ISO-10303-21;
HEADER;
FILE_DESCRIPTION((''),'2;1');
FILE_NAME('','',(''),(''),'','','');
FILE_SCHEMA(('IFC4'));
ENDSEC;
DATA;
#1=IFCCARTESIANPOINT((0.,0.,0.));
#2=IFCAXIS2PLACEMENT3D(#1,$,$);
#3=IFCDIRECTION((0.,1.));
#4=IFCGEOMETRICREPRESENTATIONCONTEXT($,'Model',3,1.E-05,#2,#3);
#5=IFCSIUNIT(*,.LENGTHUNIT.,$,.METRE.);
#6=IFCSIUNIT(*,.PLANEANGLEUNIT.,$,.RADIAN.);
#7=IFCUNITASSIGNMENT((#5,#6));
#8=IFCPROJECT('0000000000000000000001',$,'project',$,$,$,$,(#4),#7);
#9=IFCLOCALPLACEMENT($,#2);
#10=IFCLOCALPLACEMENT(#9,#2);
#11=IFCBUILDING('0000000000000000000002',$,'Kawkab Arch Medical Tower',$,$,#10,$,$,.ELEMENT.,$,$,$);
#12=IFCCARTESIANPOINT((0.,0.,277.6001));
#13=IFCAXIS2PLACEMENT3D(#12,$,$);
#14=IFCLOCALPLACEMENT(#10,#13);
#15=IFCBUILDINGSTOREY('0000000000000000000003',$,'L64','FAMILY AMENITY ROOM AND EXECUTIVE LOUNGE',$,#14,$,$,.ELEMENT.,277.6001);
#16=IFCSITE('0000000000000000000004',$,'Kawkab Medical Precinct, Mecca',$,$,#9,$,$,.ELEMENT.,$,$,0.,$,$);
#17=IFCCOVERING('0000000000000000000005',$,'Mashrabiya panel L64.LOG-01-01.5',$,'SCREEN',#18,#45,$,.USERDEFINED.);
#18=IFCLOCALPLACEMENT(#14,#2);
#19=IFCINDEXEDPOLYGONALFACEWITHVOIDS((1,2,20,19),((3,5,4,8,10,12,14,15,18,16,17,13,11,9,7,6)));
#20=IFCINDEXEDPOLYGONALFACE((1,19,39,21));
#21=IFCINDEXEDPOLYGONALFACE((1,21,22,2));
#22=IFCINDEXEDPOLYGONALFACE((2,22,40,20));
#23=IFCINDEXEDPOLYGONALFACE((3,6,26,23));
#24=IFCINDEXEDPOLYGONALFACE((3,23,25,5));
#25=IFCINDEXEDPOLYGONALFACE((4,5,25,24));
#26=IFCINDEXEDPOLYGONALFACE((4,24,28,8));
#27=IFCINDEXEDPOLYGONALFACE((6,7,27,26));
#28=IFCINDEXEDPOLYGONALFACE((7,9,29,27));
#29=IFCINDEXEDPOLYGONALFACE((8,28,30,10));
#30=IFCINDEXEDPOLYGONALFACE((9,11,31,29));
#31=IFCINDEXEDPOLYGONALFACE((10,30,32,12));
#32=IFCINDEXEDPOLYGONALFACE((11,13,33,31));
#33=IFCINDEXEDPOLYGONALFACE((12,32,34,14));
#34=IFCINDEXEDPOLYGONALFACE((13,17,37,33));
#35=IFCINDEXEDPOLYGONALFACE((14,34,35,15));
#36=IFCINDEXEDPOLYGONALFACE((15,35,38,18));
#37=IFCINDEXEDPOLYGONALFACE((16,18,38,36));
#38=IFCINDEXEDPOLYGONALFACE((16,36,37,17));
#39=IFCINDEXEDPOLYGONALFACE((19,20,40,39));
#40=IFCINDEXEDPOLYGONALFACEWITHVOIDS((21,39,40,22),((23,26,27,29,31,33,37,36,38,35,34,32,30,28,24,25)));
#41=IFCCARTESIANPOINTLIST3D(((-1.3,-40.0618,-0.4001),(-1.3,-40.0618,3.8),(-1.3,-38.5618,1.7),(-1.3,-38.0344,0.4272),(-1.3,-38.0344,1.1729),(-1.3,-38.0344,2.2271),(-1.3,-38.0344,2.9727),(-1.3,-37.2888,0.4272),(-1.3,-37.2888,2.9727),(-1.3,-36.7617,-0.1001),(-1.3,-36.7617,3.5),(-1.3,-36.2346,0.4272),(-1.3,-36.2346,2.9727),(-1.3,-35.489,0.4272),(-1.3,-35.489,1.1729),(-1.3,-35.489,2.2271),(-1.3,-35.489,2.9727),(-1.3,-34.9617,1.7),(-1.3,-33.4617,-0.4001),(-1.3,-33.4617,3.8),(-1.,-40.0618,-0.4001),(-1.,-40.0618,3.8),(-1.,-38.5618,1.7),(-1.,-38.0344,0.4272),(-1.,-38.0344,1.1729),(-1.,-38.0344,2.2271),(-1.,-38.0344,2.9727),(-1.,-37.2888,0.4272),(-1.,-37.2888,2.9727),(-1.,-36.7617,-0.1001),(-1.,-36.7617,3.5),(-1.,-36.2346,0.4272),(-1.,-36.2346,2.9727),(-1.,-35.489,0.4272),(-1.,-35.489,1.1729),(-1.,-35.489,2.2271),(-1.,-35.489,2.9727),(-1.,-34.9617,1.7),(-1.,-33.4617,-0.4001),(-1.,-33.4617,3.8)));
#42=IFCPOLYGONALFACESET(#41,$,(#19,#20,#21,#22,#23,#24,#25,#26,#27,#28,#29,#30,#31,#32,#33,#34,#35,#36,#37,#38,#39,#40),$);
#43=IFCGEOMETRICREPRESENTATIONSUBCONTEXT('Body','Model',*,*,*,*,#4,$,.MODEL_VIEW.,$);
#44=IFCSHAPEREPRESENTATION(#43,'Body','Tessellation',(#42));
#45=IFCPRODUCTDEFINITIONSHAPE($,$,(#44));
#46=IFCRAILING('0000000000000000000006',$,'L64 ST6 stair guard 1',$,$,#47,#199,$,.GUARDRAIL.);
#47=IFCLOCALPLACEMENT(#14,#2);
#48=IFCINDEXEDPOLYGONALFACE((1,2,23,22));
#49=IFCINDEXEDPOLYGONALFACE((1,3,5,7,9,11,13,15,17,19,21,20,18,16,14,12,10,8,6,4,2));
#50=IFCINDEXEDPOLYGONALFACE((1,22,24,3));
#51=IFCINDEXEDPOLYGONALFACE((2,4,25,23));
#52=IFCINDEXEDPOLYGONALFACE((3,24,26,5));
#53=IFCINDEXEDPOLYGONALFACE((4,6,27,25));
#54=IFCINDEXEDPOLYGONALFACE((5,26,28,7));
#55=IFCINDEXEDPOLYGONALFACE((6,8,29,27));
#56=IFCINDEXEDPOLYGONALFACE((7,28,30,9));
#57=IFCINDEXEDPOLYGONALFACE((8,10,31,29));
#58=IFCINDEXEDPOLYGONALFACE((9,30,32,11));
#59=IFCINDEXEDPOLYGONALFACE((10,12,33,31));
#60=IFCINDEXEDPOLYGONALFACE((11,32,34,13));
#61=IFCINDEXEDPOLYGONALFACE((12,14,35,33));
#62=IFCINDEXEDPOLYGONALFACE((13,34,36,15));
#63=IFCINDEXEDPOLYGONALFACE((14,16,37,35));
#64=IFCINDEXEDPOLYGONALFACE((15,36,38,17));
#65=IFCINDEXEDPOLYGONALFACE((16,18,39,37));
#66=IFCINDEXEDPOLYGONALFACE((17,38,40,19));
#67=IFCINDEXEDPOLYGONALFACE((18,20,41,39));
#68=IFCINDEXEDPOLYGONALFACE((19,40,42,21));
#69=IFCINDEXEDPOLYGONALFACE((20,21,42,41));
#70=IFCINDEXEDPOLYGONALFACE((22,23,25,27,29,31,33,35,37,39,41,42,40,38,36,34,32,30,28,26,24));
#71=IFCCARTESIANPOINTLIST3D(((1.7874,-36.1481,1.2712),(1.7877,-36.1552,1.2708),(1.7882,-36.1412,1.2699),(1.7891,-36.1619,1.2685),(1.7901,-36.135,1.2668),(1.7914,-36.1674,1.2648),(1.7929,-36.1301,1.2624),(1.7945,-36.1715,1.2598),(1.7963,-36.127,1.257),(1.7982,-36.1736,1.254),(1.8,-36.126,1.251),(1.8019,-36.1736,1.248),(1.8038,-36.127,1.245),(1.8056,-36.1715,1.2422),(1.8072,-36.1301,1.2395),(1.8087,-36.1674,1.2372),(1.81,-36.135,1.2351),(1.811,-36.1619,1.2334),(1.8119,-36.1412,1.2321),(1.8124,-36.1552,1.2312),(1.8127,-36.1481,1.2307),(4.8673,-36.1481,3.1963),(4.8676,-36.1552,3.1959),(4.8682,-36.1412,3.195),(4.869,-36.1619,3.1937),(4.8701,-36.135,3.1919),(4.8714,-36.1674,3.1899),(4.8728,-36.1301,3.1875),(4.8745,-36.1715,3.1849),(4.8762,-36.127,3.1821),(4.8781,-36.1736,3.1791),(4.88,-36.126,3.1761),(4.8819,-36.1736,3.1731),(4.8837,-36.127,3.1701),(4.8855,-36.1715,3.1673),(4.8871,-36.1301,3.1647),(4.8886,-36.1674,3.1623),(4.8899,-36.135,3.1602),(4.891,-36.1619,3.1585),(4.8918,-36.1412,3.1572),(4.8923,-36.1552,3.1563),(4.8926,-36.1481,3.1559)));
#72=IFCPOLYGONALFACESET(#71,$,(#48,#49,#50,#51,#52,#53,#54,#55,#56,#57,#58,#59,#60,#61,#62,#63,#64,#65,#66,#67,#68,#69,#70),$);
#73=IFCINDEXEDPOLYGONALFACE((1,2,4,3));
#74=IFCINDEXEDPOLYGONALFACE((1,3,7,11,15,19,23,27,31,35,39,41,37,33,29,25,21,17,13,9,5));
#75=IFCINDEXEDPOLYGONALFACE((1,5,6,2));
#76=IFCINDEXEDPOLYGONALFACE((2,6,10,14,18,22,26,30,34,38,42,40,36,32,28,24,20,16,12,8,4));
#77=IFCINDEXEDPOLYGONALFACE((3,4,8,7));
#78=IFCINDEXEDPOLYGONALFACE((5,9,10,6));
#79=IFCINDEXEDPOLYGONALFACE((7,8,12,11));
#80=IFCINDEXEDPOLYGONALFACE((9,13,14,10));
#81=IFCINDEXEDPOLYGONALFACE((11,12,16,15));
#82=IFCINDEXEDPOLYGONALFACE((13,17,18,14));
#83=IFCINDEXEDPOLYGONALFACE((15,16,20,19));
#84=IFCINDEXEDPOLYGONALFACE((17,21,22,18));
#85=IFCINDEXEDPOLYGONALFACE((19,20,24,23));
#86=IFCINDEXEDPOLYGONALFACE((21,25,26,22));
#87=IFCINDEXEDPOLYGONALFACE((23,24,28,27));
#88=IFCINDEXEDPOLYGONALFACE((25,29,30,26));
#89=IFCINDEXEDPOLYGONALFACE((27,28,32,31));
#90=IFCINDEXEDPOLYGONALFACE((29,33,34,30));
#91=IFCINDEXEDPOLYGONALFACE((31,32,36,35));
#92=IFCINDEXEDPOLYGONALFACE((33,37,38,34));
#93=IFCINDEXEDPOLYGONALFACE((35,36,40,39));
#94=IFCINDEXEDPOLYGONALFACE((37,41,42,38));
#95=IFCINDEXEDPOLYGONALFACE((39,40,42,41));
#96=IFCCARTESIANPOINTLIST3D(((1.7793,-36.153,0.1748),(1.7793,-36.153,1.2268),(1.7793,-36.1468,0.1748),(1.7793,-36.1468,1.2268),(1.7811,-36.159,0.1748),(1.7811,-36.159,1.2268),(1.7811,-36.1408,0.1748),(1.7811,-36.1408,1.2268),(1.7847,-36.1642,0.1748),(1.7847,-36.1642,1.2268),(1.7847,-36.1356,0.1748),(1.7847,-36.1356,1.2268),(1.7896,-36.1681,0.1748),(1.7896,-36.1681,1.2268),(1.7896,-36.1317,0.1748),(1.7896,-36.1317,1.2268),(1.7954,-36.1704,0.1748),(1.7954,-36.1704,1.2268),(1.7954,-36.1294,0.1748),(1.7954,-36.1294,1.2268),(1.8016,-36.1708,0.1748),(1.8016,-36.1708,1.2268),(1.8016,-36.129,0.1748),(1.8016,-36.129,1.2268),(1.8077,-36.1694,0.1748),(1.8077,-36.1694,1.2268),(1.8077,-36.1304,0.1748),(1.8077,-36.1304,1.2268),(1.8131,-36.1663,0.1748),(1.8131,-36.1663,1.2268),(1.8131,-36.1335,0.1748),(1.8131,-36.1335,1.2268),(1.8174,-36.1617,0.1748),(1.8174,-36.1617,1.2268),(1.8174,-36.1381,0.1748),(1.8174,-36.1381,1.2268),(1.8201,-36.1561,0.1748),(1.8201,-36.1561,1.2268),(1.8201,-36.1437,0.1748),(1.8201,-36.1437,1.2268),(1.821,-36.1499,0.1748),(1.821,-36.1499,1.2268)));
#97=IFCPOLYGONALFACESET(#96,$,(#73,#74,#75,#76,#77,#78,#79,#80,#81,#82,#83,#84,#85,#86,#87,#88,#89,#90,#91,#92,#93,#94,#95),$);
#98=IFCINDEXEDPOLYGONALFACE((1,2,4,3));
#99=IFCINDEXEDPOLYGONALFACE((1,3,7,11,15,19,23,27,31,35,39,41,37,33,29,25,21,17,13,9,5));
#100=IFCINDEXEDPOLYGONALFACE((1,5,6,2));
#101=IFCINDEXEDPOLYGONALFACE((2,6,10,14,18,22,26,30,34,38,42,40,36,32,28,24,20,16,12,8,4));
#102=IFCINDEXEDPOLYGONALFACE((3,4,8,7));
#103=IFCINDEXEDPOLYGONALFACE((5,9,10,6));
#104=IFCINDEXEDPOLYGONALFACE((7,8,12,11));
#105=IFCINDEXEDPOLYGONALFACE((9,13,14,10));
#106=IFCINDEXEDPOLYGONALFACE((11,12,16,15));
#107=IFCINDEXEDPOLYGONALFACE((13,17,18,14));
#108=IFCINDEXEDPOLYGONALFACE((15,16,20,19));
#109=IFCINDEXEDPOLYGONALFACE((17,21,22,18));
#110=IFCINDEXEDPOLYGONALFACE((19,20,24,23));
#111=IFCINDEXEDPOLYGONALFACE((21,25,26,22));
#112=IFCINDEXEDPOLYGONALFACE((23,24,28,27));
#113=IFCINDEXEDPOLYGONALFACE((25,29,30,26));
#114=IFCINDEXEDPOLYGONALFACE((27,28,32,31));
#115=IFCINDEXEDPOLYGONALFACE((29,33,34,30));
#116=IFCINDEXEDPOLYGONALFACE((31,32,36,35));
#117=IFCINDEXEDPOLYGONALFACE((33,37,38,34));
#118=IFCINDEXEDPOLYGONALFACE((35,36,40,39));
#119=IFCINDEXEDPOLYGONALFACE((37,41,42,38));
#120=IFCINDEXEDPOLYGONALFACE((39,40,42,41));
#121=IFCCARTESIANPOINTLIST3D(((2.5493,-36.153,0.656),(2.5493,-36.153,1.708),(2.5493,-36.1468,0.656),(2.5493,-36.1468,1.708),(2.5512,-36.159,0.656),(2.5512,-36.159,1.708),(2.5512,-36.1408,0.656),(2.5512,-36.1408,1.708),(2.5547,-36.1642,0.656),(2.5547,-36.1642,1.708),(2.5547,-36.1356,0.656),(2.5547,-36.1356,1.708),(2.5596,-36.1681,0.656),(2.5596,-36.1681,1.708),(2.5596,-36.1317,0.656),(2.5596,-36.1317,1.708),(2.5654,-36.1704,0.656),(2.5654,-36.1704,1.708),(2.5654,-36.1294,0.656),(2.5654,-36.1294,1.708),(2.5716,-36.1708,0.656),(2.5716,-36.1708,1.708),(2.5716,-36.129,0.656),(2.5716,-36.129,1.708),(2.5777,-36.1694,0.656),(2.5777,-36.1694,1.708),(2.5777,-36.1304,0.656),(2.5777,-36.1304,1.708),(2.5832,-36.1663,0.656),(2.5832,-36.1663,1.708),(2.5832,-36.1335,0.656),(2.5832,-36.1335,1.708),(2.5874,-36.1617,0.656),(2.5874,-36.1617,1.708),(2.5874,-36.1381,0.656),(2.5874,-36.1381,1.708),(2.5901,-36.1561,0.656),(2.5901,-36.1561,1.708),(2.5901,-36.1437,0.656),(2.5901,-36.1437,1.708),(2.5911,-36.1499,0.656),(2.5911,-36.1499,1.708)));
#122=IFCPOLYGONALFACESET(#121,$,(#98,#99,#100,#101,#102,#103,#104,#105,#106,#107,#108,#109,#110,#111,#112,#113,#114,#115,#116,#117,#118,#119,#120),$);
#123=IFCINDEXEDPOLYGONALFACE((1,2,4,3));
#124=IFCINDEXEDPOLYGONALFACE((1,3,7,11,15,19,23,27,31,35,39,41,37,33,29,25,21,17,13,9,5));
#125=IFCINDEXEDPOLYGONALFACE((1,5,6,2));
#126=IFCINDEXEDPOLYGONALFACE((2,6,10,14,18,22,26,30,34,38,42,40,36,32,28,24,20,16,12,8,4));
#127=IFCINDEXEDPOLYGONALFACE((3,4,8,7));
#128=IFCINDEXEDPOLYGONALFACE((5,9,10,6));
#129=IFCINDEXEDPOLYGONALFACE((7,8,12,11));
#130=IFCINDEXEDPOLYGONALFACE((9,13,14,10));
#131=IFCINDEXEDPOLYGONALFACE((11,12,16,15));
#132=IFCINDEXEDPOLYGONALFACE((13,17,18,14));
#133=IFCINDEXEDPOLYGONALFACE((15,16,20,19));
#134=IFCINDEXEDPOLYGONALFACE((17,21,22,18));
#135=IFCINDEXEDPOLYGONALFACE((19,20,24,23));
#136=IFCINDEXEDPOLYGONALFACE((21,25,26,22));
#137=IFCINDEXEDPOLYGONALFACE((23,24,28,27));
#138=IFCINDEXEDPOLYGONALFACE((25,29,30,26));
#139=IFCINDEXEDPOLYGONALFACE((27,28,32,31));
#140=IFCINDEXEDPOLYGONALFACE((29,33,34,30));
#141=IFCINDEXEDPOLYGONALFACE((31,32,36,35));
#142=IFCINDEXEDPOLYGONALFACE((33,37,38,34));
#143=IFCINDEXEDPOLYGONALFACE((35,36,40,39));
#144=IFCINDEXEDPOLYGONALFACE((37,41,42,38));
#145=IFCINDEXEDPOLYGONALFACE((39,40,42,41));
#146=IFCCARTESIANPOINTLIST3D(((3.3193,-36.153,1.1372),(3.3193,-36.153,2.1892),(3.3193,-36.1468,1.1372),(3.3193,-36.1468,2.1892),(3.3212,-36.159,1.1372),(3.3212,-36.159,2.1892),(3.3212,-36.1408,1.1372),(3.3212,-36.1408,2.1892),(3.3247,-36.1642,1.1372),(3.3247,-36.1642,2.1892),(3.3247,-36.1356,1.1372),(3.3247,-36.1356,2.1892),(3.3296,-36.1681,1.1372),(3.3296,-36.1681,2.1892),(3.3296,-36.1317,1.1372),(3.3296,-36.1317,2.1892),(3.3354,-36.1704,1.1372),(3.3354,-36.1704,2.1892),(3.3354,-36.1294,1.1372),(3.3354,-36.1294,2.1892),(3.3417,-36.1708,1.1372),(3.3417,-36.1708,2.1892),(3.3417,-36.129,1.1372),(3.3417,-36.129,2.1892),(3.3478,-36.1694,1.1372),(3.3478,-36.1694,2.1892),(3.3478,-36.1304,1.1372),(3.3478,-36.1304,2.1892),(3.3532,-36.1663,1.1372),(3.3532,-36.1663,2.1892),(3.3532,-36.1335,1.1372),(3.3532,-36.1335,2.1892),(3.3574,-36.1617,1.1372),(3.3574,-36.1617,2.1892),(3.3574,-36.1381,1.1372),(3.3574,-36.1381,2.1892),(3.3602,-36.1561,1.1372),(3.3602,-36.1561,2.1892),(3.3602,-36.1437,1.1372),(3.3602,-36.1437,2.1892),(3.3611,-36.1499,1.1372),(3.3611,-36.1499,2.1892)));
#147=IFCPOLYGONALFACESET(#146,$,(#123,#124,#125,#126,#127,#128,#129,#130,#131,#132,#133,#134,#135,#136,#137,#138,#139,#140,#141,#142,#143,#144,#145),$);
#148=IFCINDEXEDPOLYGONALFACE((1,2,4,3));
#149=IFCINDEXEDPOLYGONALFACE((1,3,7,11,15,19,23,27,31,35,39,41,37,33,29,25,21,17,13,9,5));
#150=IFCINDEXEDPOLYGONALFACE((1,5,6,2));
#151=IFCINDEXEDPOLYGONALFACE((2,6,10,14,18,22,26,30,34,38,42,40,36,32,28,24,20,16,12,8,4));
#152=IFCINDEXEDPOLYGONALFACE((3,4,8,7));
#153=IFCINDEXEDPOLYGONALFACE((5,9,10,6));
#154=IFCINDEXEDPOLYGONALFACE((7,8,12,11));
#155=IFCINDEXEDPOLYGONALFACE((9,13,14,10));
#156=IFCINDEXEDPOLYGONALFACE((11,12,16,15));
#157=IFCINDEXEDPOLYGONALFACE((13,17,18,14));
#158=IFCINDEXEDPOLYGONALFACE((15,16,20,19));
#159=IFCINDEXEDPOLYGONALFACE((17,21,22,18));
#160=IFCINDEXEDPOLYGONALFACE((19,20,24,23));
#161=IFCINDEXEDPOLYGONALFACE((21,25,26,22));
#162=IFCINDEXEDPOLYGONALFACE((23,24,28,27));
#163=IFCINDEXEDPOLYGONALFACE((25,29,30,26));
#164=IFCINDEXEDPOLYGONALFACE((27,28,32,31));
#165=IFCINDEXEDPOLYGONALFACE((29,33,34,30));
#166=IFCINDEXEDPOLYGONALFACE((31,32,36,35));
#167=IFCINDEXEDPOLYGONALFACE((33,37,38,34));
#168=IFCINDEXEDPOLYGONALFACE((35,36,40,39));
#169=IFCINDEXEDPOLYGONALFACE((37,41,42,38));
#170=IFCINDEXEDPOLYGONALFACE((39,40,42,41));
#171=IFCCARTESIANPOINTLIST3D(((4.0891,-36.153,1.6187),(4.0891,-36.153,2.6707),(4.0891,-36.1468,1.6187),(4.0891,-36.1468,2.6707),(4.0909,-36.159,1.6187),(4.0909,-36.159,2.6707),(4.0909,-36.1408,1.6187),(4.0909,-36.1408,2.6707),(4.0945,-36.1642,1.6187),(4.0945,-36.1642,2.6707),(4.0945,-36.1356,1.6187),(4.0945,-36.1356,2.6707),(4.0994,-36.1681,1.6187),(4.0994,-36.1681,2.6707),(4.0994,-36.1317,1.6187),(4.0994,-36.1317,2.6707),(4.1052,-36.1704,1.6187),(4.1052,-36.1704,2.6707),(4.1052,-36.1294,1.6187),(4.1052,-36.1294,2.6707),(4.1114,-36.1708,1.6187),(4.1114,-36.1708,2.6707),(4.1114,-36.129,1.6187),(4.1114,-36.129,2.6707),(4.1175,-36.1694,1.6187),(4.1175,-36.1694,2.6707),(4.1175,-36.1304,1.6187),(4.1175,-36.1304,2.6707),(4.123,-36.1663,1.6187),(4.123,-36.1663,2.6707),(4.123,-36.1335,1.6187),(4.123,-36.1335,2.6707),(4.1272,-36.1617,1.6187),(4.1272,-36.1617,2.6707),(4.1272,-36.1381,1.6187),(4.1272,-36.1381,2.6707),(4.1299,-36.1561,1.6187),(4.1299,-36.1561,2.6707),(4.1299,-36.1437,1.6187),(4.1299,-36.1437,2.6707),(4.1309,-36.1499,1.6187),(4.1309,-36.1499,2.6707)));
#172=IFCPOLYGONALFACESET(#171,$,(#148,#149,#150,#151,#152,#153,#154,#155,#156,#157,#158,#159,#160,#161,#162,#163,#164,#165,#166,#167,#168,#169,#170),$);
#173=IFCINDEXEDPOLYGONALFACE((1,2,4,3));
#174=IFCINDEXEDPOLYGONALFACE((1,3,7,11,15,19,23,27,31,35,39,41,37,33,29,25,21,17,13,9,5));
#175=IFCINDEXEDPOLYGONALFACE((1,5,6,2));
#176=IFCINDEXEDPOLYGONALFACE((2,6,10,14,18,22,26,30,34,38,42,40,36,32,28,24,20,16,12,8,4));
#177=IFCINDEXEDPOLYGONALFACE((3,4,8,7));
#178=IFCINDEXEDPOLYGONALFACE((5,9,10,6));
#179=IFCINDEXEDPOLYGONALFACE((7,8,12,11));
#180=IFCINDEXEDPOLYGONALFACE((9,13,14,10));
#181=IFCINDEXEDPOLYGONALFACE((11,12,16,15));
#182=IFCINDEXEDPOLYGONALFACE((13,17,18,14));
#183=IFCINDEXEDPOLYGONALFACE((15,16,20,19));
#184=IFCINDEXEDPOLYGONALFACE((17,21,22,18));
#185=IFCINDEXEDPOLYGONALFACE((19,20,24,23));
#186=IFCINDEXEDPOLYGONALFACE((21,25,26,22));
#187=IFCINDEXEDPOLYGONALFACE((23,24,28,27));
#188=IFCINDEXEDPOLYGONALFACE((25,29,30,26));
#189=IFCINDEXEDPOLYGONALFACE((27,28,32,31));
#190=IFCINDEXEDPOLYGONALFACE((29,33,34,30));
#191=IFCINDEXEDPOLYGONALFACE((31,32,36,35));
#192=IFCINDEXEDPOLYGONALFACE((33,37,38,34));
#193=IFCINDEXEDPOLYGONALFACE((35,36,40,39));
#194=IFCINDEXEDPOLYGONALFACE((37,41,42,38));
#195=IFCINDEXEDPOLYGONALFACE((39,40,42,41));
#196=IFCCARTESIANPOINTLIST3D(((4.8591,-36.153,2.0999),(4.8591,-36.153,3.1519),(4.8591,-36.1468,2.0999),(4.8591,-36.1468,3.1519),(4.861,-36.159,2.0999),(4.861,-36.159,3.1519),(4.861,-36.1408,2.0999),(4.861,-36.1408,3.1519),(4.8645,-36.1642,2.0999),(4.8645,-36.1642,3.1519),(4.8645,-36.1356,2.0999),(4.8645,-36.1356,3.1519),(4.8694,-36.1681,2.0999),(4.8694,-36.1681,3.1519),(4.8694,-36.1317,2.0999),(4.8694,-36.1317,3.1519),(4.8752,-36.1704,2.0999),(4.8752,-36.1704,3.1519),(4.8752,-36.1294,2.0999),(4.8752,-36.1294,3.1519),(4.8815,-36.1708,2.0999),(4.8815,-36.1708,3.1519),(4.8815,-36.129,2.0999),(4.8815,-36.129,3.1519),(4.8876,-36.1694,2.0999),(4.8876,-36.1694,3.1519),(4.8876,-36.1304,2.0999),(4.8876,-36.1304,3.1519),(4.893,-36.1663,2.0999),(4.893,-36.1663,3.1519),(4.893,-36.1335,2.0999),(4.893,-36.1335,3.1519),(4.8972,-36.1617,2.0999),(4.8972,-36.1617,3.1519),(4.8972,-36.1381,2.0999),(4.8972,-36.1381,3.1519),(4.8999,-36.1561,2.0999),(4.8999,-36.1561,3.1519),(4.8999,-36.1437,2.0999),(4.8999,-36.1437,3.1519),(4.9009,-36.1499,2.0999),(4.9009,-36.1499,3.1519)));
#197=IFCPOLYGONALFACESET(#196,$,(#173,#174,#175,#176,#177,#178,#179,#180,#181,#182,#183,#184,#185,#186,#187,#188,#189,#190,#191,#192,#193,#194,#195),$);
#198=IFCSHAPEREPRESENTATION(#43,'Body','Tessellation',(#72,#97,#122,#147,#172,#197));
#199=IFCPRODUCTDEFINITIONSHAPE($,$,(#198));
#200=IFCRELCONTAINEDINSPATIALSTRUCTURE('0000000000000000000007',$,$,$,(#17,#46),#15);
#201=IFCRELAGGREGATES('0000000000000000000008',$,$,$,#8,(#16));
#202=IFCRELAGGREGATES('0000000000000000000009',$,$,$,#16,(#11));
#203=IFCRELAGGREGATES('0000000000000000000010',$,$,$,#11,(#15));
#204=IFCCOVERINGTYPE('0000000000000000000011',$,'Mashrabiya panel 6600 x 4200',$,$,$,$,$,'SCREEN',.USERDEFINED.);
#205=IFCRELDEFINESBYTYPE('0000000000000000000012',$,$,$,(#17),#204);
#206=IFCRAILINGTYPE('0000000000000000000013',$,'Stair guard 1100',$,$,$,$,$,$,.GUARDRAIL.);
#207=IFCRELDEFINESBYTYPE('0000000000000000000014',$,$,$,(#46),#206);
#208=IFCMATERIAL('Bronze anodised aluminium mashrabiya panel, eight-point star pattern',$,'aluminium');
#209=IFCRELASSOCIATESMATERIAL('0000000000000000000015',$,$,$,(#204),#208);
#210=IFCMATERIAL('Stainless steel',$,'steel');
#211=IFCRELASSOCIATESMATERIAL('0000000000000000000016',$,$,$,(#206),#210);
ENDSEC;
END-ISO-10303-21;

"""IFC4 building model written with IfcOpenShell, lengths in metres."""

from ifc_helpers import new_model, si_unit, direction, frame, origin, origin_2d, place, context, subcontext, project, spatial, polyline, circle, outline, extrude, material, material_profile, profile_set, type_object, element, save


model = new_model("IFC4")

# Units and contexts
model_context = context("Model", 3, precision=1e-05, world=origin(), true_north=direction((0.0, 1.0)))
body_context = subcontext(model_context, "Body", "Model", "MODEL_VIEW")
ifc_project = project(units=[si_unit("LENGTHUNIT", "METRE"), si_unit("PLANEANGLEUNIT", "RADIAN")], contexts=[model_context])

# Site, building, storey
site_placement = place(None, origin())
site = spatial("IfcSite", under=ifc_project, at=site_placement, Name="Kawkab Medical Precinct, Mecca", CompositionType="ELEMENT", RefElevation=0.0)
building_placement = place(site_placement, origin())
building = spatial("IfcBuilding", under=site, at=building_placement, Name="Kawkab Arch Medical Tower", CompositionType="ELEMENT")
storey_placement = place(building_placement, frame((0.0, 0.0, 277.6001)))
storey = spatial("IfcBuildingStorey", under=building, at=storey_placement, Name="L64", Description="FAMILY AMENITY ROOM AND EXECUTIVE LOUNGE", CompositionType="ELEMENT", Elevation=277.6001)

# Covering
ifc_material_1 = material(Name="Bronze anodised aluminium mashrabiya panel, eight-point star pattern", Category="aluminium")
ifc_material_profile_1 = material_profile(ifc_material_1, outline(polyline([(-3.3, -2.1001), (3.3, -2.1001), (3.3, 2.1001), (-3.3, 2.1001), (-3.3, -2.1001)]), holes=[polyline([(1.8, 0.0), (1.2727, 0.5271), (1.2727, 1.2727), (0.5271, 1.2727), (0.0, 1.8), (-0.5271, 1.2727), (-1.2727, 1.2727), (-1.2727, 0.5271), (-1.8, 0.0), (-1.2727, -0.5271), (-1.2727, -1.2727), (-0.5271, -1.2727), (0.0, -1.8), (0.5271, -1.2727), (1.2727, -1.2727), (1.2727, -0.5271), (1.8, 0.0)])]), Name="Mashrabiya panel 6600x4200")
ifc_profile_set_1 = profile_set([ifc_material_profile_1], Name="Bronze anodised aluminium mashrabiya panel, eight-point star pattern")
covering_type = type_object("IfcCoveringType", Name="Mashrabiya panel 6600 x 4200", ElementType="SCREEN", PredefinedType="USERDEFINED", material=ifc_profile_set_1)
covering_placement = place(storey_placement, frame((-1.0, -36.7617, 1.7), z_axis=(-1.0, 0.0, 0.0), x_axis=(0.0, -1.0, 0.0)))
element("IfcCovering", 1, at=covering_placement, inside=storey, type_object=covering_type, Name="Mashrabiya panel L64.LOG-01-01.5", ObjectType="SCREEN", PredefinedType="USERDEFINED", context=body_context, shape_type="SweptSolid", body=[
    extrude(outline(polyline([(-3.3, -2.1001), (3.3, -2.1001), (3.3, 2.1001), (-3.3, 2.1001), (-3.3, -2.1001)]), holes=[polyline([(1.8, 0.0), (1.2727, 0.5271), (1.2727, 1.2727), (0.5271, 1.2727), (0.0, 1.8), (-0.5271, 1.2727), (-1.2727, 1.2727), (-1.2727, 0.5271), (-1.8, 0.0), (-1.2727, -0.5271), (-1.2727, -1.2727), (-0.5271, -1.2727), (0.0, -1.8), (0.5271, -1.2727), (1.2727, -1.2727), (1.2727, -0.5271), (1.8, 0.0)])]), origin(), (0.0, 0.0, 1.0), 0.3),
])

# Railing
ifc_material_2 = material(Name="Stainless steel", Category="steel")
railing_type = type_object("IfcRailingType", Name="Stair guard 1100", PredefinedType="GUARDRAIL", material=ifc_material_2)
railing_1_placement = place(storey_placement, frame((1.8, -36.1499, 0.1748)))
element("IfcRailing", 2, at=railing_1_placement, inside=storey, type_object=railing_type, Name="L64 ST6 stair guard 1", PredefinedType="GUARDRAIL", context=body_context, shape_type="SweptSolid", body=[
    extrude(circle(Radius=0.0239, at=origin_2d()), frame((0.0, 0.0, 1.0762), z_axis=(0.847979, 0.0, 0.530029), x_axis=(0.0, 1.0, 0.0)), (0.0, 0.0, 1.0), 3.6321),
    extrude(circle(Radius=0.021, at=origin_2d()), origin(), (0.0, 0.0, 1.0), 1.052),
    extrude(circle(Radius=0.021, at=origin_2d()), frame((0.77, 0.0, 0.4812)), (0.0, 0.0, 1.0), 1.052),
    extrude(circle(Radius=0.021, at=origin_2d()), frame((1.54, 0.0, 0.9624)), (0.0, 0.0, 1.0), 1.052),
    extrude(circle(Radius=0.021, at=origin_2d()), frame((2.3098, 0.0, 1.4438)), (0.0, 0.0, 1.0), 1.052),
    extrude(circle(Radius=0.021, at=origin_2d()), frame((3.0798, 0.0, 1.925)), (0.0, 0.0, 1.0), 1.052),
])

save(model, "model.ifc")
